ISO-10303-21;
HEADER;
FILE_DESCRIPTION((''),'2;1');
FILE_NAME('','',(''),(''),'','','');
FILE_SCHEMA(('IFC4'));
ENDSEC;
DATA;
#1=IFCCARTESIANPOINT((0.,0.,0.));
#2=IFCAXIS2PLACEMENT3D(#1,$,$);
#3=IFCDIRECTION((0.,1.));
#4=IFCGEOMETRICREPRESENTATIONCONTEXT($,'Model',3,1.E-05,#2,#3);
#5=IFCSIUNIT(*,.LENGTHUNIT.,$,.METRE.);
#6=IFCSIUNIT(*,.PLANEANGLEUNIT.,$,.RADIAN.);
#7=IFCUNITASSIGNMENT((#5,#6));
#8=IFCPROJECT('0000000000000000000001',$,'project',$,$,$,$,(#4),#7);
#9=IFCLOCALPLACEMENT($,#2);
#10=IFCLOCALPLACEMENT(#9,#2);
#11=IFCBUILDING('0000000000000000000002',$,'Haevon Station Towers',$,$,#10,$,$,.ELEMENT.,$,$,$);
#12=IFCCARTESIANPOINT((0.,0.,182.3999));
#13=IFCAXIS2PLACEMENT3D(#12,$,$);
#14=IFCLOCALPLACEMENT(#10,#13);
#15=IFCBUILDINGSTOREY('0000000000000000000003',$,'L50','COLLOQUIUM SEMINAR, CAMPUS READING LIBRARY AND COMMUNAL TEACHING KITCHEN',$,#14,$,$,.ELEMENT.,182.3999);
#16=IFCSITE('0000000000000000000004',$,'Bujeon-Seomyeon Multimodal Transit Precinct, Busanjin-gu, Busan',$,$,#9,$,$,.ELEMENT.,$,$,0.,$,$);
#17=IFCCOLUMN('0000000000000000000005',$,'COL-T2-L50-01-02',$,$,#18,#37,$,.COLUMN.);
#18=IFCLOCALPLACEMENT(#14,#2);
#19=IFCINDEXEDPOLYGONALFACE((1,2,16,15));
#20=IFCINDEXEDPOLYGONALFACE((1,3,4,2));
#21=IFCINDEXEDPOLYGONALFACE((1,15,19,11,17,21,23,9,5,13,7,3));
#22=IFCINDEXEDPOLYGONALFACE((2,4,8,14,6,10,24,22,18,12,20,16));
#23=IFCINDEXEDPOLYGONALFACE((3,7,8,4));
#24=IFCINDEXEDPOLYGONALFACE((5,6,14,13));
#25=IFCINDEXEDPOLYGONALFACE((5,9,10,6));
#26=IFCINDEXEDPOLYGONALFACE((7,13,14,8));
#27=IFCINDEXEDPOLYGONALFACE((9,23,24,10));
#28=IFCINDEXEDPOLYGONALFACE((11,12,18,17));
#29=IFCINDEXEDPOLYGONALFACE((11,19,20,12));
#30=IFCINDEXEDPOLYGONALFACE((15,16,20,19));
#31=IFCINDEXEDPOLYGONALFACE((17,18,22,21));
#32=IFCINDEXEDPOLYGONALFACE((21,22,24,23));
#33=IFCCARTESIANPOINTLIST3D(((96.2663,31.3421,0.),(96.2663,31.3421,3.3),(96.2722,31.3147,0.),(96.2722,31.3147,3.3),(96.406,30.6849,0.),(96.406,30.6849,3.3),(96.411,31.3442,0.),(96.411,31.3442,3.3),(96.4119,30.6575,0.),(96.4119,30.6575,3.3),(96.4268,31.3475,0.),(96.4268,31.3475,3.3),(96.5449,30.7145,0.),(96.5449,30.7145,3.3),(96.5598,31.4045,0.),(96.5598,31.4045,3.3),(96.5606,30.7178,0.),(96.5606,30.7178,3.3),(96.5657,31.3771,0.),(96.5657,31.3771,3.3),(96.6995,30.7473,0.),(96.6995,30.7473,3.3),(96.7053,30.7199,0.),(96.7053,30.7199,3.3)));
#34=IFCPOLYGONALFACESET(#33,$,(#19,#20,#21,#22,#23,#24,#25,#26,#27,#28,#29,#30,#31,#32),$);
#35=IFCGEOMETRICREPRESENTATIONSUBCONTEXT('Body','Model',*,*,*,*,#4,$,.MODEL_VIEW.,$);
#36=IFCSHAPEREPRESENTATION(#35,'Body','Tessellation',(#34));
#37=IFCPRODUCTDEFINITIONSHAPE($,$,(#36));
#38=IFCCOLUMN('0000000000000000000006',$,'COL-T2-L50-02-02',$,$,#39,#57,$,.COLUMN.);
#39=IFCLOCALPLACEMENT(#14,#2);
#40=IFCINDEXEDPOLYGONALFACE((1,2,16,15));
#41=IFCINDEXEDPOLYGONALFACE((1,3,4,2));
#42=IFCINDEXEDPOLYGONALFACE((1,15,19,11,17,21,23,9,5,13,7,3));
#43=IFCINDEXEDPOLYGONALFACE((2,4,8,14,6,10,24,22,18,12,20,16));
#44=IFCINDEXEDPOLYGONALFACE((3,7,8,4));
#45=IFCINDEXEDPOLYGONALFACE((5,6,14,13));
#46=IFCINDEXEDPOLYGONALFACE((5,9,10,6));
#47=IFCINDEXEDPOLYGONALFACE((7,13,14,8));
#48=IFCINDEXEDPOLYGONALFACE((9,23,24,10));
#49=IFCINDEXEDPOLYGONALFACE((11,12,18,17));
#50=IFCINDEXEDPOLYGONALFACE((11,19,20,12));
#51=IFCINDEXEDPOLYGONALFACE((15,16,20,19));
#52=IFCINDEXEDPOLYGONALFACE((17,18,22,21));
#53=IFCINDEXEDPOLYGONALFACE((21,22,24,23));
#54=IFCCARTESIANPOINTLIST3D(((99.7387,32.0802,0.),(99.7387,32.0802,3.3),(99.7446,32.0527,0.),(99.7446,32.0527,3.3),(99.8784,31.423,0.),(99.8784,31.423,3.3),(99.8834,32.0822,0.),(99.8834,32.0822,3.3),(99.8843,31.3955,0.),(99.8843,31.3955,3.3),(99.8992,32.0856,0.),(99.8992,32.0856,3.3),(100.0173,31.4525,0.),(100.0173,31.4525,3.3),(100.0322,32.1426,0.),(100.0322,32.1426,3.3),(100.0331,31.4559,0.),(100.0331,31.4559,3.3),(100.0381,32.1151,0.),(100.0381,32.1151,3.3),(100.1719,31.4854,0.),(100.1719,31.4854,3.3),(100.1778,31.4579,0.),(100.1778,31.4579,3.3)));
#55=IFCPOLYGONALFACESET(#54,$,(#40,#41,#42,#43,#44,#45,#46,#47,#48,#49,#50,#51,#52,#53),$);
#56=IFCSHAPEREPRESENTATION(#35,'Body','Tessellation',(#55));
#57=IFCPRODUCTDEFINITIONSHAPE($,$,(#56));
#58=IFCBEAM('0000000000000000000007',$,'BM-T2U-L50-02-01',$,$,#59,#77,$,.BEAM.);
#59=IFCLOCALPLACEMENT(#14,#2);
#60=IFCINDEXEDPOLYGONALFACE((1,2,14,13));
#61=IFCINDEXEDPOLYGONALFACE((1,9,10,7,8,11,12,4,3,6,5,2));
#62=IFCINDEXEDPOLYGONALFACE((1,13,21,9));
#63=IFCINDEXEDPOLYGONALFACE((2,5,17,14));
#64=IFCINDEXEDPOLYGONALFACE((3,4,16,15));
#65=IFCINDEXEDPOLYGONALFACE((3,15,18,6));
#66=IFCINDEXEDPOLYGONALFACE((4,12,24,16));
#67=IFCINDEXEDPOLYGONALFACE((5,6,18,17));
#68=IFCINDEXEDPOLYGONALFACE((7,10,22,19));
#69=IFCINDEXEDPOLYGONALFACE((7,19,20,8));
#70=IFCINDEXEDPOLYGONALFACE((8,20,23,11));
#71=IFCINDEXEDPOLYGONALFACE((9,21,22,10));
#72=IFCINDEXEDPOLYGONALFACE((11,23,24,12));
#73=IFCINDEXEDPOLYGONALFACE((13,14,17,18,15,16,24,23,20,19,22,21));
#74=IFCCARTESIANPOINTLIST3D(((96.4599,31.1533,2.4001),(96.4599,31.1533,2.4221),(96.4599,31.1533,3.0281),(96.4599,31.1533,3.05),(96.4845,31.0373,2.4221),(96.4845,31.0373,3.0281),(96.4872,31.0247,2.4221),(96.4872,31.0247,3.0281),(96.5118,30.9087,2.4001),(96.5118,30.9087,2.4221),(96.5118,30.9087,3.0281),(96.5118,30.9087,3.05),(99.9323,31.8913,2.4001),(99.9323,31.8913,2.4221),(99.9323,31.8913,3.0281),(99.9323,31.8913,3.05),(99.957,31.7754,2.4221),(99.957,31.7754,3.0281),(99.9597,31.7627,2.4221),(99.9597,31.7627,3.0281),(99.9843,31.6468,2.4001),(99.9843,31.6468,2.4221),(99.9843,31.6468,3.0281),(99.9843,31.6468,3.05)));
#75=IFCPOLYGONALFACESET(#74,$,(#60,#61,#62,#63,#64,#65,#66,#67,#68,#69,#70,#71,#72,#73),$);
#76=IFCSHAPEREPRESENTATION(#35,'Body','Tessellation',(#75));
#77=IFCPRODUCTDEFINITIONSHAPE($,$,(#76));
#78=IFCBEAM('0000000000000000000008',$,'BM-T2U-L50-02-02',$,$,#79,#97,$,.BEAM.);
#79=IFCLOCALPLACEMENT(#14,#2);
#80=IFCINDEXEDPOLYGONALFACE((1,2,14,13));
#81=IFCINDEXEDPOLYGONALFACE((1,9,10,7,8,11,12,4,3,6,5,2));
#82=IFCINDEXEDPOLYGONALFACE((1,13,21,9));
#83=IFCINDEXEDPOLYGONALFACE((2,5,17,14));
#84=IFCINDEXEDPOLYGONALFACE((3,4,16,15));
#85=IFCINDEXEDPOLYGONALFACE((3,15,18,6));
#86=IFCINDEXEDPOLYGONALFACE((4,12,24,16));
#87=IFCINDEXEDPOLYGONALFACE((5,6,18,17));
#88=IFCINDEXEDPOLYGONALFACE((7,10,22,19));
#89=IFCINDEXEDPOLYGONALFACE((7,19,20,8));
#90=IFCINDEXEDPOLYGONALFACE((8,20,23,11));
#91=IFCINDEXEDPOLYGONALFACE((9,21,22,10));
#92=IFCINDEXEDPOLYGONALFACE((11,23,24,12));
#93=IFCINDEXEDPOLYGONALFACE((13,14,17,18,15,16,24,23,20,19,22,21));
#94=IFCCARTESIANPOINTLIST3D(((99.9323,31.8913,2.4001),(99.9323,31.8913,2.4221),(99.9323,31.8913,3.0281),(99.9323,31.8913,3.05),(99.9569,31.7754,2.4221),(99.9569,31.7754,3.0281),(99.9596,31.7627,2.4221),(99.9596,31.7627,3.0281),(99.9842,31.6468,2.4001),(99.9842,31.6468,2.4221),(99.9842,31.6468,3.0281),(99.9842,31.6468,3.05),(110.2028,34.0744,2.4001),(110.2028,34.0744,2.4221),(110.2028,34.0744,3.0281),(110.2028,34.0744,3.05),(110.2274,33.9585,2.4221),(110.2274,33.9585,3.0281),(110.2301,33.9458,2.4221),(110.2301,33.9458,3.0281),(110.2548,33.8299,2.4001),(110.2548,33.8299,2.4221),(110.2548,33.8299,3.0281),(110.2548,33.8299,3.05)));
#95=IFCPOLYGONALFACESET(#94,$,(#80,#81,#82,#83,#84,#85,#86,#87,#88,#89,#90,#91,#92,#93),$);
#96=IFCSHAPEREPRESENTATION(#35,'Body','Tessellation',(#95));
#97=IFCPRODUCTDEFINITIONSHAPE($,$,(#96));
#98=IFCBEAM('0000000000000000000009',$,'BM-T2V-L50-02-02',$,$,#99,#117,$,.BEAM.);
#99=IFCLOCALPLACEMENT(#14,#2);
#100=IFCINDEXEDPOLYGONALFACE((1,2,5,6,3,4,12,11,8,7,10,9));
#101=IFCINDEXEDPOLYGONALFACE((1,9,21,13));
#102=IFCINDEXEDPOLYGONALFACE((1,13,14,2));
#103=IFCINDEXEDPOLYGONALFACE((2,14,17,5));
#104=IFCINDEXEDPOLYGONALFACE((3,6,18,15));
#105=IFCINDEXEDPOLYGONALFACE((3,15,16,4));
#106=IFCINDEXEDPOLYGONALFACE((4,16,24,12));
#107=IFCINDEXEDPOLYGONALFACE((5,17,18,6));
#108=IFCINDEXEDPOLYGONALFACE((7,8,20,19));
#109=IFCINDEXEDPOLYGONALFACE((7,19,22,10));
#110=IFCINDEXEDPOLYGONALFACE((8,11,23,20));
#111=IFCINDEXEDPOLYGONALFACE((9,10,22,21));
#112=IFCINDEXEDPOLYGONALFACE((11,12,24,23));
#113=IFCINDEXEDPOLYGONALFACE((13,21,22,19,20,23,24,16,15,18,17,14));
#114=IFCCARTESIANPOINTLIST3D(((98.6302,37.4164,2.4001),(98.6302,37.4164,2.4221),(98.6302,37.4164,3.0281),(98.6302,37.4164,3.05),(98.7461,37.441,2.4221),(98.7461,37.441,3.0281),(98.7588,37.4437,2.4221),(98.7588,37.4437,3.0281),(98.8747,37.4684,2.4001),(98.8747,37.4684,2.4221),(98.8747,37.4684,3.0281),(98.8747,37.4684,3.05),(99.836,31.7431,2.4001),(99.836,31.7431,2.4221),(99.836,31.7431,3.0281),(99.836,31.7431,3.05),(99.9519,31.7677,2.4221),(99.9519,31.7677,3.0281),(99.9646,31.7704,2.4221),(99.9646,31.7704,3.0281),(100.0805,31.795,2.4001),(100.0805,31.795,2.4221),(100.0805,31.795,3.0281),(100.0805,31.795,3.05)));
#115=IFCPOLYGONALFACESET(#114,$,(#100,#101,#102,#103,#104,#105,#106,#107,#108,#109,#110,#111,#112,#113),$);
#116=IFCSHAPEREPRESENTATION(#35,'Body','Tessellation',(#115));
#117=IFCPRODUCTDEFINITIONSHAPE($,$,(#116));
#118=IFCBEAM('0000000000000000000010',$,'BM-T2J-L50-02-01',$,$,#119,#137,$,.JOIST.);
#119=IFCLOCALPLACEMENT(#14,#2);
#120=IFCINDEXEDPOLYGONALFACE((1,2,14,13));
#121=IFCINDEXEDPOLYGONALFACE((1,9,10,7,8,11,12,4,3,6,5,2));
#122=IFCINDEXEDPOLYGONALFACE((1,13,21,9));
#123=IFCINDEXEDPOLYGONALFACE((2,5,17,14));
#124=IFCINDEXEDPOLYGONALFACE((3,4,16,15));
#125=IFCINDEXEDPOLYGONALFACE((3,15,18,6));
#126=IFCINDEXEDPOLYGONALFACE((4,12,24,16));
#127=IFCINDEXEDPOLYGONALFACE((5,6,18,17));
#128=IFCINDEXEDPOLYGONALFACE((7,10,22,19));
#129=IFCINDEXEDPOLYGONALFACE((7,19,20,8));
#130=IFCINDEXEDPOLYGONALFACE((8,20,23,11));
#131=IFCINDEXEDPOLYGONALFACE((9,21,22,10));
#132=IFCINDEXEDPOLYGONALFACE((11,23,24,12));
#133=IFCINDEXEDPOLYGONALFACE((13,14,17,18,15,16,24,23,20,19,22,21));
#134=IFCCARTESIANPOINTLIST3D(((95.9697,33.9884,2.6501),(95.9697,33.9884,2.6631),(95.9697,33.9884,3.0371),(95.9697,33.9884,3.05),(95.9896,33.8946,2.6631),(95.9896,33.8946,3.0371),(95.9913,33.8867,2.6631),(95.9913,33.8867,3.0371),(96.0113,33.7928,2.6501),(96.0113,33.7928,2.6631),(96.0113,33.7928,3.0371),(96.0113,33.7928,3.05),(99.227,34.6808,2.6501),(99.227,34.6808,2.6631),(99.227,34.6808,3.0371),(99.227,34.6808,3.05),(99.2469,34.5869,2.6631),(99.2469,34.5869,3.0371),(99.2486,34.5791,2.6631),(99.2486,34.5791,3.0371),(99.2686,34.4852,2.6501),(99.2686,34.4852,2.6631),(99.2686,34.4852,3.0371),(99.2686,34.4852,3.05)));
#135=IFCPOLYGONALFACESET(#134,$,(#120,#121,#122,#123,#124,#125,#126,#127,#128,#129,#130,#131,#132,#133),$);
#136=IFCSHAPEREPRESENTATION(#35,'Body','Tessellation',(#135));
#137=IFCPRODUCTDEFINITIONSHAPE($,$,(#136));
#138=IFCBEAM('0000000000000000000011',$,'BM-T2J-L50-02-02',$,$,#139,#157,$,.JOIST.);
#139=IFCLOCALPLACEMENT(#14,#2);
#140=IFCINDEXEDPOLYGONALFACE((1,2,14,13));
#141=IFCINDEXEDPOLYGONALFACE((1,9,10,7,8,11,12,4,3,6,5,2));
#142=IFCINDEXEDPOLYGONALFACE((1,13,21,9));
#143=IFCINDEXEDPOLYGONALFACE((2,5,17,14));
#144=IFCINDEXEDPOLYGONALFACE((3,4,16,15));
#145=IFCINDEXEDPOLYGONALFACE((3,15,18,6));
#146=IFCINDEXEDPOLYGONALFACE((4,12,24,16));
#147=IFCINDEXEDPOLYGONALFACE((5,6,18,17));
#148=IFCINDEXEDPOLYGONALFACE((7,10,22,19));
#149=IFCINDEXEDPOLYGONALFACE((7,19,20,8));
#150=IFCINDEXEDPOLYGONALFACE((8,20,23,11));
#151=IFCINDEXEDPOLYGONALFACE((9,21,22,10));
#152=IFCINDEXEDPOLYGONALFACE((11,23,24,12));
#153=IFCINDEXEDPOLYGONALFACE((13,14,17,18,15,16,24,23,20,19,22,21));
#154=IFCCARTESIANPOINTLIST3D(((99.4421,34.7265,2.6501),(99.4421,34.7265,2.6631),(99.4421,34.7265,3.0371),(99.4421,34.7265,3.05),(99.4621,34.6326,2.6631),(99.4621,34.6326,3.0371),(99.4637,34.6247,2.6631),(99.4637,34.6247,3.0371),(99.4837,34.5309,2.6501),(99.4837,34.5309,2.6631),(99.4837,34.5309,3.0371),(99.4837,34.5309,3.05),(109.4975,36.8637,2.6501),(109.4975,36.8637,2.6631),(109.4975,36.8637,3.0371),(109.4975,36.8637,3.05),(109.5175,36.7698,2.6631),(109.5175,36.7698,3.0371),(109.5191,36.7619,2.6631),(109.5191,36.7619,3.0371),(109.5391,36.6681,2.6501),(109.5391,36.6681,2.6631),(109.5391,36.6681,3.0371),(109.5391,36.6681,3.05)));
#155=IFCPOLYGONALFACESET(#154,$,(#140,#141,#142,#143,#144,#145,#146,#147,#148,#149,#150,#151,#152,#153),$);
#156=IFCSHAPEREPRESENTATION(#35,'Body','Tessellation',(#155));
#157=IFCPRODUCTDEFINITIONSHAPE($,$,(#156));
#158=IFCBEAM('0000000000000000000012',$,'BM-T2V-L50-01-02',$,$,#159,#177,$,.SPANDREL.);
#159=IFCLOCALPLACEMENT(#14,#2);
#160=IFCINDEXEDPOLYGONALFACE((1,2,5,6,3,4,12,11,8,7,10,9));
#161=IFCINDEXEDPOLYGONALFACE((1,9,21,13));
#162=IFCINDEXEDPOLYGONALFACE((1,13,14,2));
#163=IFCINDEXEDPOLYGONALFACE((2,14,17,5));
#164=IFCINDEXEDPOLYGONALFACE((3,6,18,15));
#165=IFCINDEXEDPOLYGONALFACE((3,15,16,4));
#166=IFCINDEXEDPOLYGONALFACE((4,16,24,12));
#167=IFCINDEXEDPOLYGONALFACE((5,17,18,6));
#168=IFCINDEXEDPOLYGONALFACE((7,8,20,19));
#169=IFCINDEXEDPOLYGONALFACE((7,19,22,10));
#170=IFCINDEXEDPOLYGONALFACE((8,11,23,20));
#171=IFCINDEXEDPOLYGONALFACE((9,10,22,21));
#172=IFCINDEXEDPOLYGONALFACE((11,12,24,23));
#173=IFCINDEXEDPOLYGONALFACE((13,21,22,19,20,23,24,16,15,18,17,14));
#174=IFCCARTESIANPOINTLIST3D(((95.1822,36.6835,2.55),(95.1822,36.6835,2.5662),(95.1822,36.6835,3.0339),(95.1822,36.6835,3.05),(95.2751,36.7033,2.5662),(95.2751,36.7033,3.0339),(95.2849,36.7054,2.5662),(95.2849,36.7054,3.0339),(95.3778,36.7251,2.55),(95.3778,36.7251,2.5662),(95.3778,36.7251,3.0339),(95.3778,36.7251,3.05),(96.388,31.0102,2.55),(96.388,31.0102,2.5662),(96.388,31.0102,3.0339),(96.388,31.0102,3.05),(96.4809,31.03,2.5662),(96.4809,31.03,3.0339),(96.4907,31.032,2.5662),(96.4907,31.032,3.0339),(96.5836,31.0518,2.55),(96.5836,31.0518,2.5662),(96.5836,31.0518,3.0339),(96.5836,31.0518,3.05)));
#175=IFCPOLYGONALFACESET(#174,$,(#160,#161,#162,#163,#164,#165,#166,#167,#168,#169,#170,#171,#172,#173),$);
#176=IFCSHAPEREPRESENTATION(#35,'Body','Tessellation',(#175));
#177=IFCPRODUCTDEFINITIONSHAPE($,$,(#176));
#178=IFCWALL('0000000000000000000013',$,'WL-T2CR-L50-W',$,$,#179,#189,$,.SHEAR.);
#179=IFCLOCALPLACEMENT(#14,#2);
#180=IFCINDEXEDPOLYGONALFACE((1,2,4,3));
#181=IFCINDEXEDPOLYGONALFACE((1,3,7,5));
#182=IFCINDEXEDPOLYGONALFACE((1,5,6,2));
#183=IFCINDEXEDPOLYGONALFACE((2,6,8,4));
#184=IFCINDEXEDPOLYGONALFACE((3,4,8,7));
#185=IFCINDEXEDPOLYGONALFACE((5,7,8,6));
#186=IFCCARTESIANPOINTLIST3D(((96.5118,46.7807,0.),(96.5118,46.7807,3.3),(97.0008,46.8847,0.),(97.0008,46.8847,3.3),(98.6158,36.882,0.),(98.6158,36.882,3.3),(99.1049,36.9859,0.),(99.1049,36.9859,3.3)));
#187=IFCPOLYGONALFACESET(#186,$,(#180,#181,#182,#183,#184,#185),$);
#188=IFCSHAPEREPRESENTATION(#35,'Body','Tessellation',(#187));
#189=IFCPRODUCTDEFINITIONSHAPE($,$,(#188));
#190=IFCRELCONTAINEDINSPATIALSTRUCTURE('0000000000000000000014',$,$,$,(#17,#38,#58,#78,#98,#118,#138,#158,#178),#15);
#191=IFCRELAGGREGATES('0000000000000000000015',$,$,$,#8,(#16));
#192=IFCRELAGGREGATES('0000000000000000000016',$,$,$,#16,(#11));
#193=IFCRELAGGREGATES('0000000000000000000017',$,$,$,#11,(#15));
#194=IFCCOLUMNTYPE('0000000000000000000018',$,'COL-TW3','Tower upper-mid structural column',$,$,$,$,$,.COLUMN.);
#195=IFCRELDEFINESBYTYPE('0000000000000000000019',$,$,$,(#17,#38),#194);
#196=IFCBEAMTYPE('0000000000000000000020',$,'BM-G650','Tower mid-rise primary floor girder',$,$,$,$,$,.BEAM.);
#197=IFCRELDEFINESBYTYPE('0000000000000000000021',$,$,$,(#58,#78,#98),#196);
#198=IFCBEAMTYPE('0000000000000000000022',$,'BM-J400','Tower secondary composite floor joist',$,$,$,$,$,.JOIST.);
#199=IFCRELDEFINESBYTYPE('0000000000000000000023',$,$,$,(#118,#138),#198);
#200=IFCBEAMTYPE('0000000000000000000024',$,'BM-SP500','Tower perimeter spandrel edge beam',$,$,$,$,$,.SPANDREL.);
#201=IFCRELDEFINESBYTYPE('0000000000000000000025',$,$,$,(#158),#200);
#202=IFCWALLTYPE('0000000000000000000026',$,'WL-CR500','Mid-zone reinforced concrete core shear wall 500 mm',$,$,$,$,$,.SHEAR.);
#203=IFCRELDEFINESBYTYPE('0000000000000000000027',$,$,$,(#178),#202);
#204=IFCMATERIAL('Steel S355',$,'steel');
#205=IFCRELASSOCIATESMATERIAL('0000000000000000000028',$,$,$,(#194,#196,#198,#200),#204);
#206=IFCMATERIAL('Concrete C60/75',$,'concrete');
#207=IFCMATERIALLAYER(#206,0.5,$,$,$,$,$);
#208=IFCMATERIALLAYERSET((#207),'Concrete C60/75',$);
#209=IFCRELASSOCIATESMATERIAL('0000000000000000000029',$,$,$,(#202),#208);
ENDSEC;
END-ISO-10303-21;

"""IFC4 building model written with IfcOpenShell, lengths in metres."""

from ifc_helpers import new_model, si_unit, direction, frame, frame_2d, origin, origin_2d, place, context, subcontext, project, spatial, rectangle, i_section, extrude, material, layer, layer_set, material_profile, profile_set, type_object, element, save


model = new_model("IFC4")

# Units and contexts
model_context = context("Model", 3, precision=1e-05, world=origin(), true_north=direction((0.0, 1.0)))
body_context = subcontext(model_context, "Body", "Model", "MODEL_VIEW")
ifc_project = project(units=[si_unit("LENGTHUNIT", "METRE"), si_unit("PLANEANGLEUNIT", "RADIAN")], contexts=[model_context])

# Site, building, storey
site_placement = place(None, origin())
site = spatial("IfcSite", under=ifc_project, at=site_placement, Name="Bujeon-Seomyeon Multimodal Transit Precinct, Busanjin-gu, Busan", CompositionType="ELEMENT", RefElevation=0.0)
building_placement = place(site_placement, origin())
building = spatial("IfcBuilding", under=site, at=building_placement, Name="Haevon Station Towers", CompositionType="ELEMENT")
storey_placement = place(building_placement, frame((0.0, 0.0, 182.3999)))
storey = spatial("IfcBuildingStorey", under=building, at=storey_placement, Name="L50", Description="COLLOQUIUM SEMINAR, CAMPUS READING LIBRARY AND COMMUNAL TEACHING KITCHEN", CompositionType="ELEMENT", Elevation=182.3999)

# Columns
ifc_material_1 = material(Name="Steel S355", Category="steel")
ifc_material_profile_1 = material_profile(ifc_material_1, i_section(OverallWidth=0.3, OverallDepth=0.7, WebThickness=0.0161, FlangeThickness=0.0281, at=origin_2d()), Name="H-700x300x16x28")
ifc_profile_set_1 = profile_set([ifc_material_profile_1], Name="Steel S355")
column_type = type_object("IfcColumnType", Name="COL-TW3", Description="Tower upper-mid structural column", PredefinedType="COLUMN", material=ifc_profile_set_1)
for number, where, z_axis, x_axis, name in (
    (1, (96.4858, 31.031, 0.0), (0.0, 0.0, 1.0), (0.978148, 0.207912, 0.0), "COL-T2-L50-01-02"),
    (2, (99.9583, 31.769, 0.0), (0.0, 0.0, 1.0), (0.978148, 0.207912, 0.0), "COL-T2-L50-02-02"),
):
    element("IfcColumn", number, at=place(storey_placement, frame(where, z_axis=z_axis, x_axis=x_axis)), inside=storey, type_object=column_type, Name=name, PredefinedType="COLUMN", context=body_context, shape_type="SweptSolid", body=[
        extrude(i_section(OverallWidth=0.3, OverallDepth=0.7, WebThickness=0.0161, FlangeThickness=0.0281, at=origin_2d()), origin(), (0.0, 0.0, 1.0), 3.3),
    ])

# Beams
ifc_material_profile_2 = material_profile(ifc_material_1, i_section(OverallWidth=0.25, OverallDepth=0.6499, WebThickness=0.0129, FlangeThickness=0.022, at=origin_2d()), Name="H-650x250x13x22")
ifc_profile_set_2 = profile_set([ifc_material_profile_2], Name="Steel S355")
beam_type_1 = type_object("IfcBeamType", Name="BM-G650", Description="Tower mid-rise primary floor girder", PredefinedType="BEAM", material=ifc_profile_set_2)
beam_1_placement = place(storey_placement, frame((96.4858, 31.031, 2.7251), z_axis=(0.97815, 0.207899, 0.0), x_axis=(-0.207899, 0.97815, 0.0)))
element("IfcBeam", 3, at=beam_1_placement, inside=storey, type_object=beam_type_1, Name="BM-T2U-L50-02-01", PredefinedType="BEAM", context=body_context, shape_type="SweptSolid", body=[
    extrude(i_section(OverallWidth=0.25, OverallDepth=0.6499, WebThickness=0.0129, FlangeThickness=0.022, at=origin_2d()), origin(), (0.0, 0.0, 1.0), 3.55),
])
beam_2_placement = place(storey_placement, frame((99.9583, 31.769, 2.7251), z_axis=(0.978147, 0.207915, 0.0), x_axis=(-0.207915, 0.978147, 0.0)))
element("IfcBeam", 4, at=beam_2_placement, inside=storey, type_object=beam_type_1, Name="BM-T2U-L50-02-02", PredefinedType="BEAM", context=body_context, shape_type="SweptSolid", body=[
    extrude(i_section(OverallWidth=0.25, OverallDepth=0.6499, WebThickness=0.0129, FlangeThickness=0.022, at=origin_2d()), origin(), (0.0, 0.0, 1.0), 10.5),
])
beam_3_placement = place(storey_placement, frame((99.9583, 31.769, 2.7251), z_axis=(-0.207896, 0.978151, 0.0), x_axis=(-0.978151, -0.207896, 0.0)))
element("IfcBeam", 5, at=beam_3_placement, inside=storey, type_object=beam_type_1, Name="BM-T2V-L50-02-02", PredefinedType="BEAM", context=body_context, shape_type="SweptSolid", body=[
    extrude(i_section(OverallWidth=0.25, OverallDepth=0.6499, WebThickness=0.0129, FlangeThickness=0.022, at=origin_2d()), origin(), (0.0, 0.0, 1.0), 5.8),
])
ifc_material_profile_3 = material_profile(ifc_material_1, i_section(OverallWidth=0.2, OverallDepth=0.3999, WebThickness=0.0081, FlangeThickness=0.0129, at=origin_2d()), Name="H-400x200x8x13")
ifc_profile_set_3 = profile_set([ifc_material_profile_3], Name="Steel S355")
beam_type_2 = type_object("IfcBeamType", Name="BM-J400", Description="Tower secondary composite floor joist", PredefinedType="JOIST", material=ifc_profile_set_3)
beam_4_placement = place(storey_placement, frame((95.9905, 33.8906, 2.8501), z_axis=(0.978147, 0.207917, 0.0), x_axis=(-0.207917, 0.978147, 0.0)))
element("IfcBeam", 6, at=beam_4_placement, inside=storey, type_object=beam_type_2, Name="BM-T2J-L50-02-01", PredefinedType="JOIST", context=body_context, shape_type="SweptSolid", body=[
    extrude(i_section(OverallWidth=0.2, OverallDepth=0.3999, WebThickness=0.0081, FlangeThickness=0.0129, at=origin_2d()), origin(), (0.0, 0.0, 1.0), 3.3301),
])
beam_5_placement = place(storey_placement, frame((99.4629, 34.6287, 2.8501), z_axis=(0.97815, 0.207899, 0.0), x_axis=(-0.207899, 0.97815, 0.0)))
element("IfcBeam", 7, at=beam_5_placement, inside=storey, type_object=beam_type_2, Name="BM-T2J-L50-02-02", PredefinedType="JOIST", context=body_context, shape_type="SweptSolid", body=[
    extrude(i_section(OverallWidth=0.2, OverallDepth=0.3999, WebThickness=0.0081, FlangeThickness=0.0129, at=origin_2d()), origin(), (0.0, 0.0, 1.0), 10.28),
])
ifc_material_profile_4 = material_profile(ifc_material_1, i_section(OverallWidth=0.2, OverallDepth=0.5, WebThickness=0.01, FlangeThickness=0.0161, at=origin_2d()), Name="H-500x200x10x16")
ifc_profile_set_4 = profile_set([ifc_material_profile_4], Name="Steel S355")
beam_type_3 = type_object("IfcBeamType", Name="BM-SP500", Description="Tower perimeter spandrel edge beam", PredefinedType="SPANDREL", material=ifc_profile_set_4)
beam_6_placement = place(storey_placement, frame((96.4858, 31.031, 2.8), z_axis=(-0.207896, 0.978151, 0.0), x_axis=(-0.978151, -0.207896, 0.0)))
element("IfcBeam", 8, at=beam_6_placement, inside=storey, type_object=beam_type_3, Name="BM-T2V-L50-01-02", PredefinedType="SPANDREL", context=body_context, shape_type="SweptSolid", body=[
    extrude(i_section(OverallWidth=0.2, OverallDepth=0.5, WebThickness=0.01, FlangeThickness=0.0161, at=origin_2d()), origin(), (0.0, 0.0, 1.0), 5.8),
])

# Wall
ifc_material_2 = material(Name="Concrete C60/75", Category="concrete")
ifc_layer_1 = layer(ifc_material_2, 0.5)
ifc_layer_set_1 = layer_set([ifc_layer_1], Name="Concrete C60/75")
wall_type_1 = type_object("IfcWallType", Name="WL-CR500", Description="Mid-zone reinforced concrete core shear wall 500 mm", PredefinedType="SHEAR", material=ifc_layer_set_1)
wall_1_placement = place(storey_placement, frame((98.8604, 36.9338, 0.0), z_axis=(0.0, 0.0, 1.0), x_axis=(-0.207909, 0.978148, 0.0)))
element("IfcWall", 9, at=wall_1_placement, inside=storey, type_object=wall_type_1, Name="WL-T2CR-L50-W", PredefinedType="SHEAR", context=body_context, shape_type="SweptSolid", body=[
    extrude(rectangle(XDim=10.1199, YDim=0.5, at=frame_2d((5.0601, 0.0))), origin(), (0.0, 0.0, 1.0), 3.3),
])

save(model, "model.ifc")
